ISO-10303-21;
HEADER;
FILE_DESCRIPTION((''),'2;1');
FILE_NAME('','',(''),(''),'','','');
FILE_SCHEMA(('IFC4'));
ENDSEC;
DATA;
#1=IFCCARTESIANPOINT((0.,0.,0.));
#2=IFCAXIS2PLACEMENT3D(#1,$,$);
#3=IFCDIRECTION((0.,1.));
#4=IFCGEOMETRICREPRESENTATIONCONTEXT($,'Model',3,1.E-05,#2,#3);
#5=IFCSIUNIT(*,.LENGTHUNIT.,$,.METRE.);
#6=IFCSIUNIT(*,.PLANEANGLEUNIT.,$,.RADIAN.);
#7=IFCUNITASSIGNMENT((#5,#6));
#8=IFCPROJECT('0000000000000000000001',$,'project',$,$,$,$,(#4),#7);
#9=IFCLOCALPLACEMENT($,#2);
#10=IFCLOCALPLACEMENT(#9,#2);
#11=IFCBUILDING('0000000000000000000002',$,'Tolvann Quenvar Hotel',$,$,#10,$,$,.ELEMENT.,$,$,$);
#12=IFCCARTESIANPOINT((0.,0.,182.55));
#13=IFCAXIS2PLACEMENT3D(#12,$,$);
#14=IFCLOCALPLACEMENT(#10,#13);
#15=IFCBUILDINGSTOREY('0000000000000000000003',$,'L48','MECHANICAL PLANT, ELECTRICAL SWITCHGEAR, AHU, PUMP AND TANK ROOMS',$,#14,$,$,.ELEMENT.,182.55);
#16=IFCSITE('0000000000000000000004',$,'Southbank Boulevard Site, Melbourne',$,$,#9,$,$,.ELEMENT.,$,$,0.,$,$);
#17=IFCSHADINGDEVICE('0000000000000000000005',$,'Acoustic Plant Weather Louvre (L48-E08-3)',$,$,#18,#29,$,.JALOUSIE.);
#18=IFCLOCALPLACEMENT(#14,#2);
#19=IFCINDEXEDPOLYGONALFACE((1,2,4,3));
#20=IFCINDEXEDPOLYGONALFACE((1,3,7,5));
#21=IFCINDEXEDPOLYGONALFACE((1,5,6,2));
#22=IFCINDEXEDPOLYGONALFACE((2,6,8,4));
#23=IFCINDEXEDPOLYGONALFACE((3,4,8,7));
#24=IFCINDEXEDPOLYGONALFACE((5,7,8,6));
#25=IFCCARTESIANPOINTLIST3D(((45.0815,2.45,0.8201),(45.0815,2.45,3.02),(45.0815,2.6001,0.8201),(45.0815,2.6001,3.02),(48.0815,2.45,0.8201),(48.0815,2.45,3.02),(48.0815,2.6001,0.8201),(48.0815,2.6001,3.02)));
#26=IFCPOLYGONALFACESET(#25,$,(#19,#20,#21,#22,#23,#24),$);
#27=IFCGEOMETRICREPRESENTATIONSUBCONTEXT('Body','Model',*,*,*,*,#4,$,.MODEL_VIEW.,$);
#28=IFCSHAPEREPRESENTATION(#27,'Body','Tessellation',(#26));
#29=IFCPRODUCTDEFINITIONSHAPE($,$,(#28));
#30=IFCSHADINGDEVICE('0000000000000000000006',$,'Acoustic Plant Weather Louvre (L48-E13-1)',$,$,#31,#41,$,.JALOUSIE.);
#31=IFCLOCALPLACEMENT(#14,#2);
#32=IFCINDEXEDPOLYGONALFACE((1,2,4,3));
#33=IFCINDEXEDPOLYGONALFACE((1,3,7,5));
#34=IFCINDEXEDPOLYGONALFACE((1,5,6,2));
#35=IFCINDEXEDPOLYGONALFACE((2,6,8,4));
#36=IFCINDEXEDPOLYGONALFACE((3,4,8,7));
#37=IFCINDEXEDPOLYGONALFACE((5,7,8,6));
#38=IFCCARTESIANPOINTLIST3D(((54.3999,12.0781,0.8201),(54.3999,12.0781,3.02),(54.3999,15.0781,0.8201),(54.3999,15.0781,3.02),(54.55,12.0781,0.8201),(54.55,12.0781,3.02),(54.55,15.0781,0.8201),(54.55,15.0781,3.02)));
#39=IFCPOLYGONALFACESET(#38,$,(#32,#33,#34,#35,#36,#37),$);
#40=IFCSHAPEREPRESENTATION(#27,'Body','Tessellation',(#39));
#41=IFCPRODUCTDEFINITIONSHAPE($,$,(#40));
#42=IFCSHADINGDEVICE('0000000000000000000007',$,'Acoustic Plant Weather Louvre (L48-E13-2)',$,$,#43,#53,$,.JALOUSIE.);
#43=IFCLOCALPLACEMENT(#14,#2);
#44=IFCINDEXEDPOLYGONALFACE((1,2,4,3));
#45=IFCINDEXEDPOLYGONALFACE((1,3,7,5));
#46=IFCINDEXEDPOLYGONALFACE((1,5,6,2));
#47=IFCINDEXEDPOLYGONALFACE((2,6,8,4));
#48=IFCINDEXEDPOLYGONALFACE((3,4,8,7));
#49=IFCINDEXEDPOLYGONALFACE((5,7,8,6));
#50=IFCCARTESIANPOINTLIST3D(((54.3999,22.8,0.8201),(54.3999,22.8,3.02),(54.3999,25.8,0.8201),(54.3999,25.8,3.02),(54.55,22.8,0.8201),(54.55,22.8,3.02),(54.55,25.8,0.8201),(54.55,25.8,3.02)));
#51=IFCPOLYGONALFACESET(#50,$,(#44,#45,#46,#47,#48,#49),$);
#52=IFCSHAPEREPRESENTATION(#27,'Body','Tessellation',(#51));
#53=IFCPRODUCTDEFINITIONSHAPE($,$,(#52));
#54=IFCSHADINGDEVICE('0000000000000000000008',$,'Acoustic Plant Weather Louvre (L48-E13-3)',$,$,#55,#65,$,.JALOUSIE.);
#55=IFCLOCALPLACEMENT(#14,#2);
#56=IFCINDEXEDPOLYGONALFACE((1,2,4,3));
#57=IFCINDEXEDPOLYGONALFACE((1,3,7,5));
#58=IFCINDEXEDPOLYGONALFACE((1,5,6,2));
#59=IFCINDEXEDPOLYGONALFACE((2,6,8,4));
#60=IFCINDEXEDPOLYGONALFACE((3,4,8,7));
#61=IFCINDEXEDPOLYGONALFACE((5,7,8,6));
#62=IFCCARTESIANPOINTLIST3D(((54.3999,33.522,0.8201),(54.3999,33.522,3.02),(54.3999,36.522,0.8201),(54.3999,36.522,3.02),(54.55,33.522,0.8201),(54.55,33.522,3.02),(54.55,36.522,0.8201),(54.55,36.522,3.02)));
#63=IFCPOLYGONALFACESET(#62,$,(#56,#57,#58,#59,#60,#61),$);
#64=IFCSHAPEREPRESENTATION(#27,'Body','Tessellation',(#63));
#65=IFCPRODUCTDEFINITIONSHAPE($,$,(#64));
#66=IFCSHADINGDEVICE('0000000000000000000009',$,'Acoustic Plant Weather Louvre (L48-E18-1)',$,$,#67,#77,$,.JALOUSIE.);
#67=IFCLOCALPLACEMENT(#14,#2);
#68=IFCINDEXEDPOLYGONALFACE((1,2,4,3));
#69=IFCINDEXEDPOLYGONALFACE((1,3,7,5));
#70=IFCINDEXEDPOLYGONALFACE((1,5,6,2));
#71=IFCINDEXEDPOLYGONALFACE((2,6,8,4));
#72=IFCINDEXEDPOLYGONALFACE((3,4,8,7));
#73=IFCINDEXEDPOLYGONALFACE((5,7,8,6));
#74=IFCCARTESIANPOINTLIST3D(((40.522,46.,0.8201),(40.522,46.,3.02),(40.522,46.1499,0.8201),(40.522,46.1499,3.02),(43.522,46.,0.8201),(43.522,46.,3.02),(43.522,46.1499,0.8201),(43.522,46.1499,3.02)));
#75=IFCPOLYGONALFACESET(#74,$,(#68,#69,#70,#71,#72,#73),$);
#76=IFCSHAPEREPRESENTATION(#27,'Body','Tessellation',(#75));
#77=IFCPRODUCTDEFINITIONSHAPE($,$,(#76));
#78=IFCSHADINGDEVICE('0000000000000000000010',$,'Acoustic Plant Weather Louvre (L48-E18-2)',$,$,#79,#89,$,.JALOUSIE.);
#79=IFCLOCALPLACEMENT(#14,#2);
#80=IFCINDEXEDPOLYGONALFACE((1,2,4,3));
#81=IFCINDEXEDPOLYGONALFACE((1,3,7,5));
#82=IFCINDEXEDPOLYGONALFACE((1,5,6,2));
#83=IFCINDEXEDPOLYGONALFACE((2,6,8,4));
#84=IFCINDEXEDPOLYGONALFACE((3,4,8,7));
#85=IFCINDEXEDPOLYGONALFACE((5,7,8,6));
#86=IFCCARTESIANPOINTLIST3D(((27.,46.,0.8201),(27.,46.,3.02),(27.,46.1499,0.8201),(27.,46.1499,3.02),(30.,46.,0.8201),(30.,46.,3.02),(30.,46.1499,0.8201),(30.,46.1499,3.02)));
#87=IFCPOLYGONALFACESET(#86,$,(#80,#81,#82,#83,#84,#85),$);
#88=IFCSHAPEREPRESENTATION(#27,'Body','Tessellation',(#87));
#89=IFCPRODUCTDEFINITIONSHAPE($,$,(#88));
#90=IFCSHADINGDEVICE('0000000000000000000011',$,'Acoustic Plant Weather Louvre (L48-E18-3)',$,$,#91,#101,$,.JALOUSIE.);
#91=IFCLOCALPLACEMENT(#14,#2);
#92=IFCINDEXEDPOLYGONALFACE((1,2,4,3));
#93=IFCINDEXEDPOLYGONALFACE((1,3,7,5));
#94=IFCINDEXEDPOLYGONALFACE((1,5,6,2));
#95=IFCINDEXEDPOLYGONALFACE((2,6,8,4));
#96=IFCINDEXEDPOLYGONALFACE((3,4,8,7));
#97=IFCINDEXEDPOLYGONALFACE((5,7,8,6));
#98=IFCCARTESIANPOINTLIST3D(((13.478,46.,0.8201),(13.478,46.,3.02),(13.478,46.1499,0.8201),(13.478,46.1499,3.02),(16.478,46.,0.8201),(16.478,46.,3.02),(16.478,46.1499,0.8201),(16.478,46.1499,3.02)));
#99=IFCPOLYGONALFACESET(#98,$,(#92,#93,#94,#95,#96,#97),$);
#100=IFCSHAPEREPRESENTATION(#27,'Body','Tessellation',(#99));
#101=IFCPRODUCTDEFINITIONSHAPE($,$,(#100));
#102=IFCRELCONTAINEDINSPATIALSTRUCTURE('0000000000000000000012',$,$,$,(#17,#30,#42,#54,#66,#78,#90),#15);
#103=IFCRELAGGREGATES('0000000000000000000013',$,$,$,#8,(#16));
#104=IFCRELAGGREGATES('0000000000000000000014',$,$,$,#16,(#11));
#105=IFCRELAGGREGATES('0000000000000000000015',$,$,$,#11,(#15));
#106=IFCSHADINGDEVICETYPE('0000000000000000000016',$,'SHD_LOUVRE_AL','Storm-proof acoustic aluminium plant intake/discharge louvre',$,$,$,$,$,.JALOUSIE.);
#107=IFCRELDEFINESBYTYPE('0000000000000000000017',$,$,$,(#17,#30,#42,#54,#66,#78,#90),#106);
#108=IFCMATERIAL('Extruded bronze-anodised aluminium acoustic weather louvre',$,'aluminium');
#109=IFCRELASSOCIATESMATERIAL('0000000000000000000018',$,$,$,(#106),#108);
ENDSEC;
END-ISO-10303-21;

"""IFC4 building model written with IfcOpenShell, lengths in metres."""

from ifc_helpers import new_model, si_unit, direction, frame, origin, place, context, subcontext, project, spatial, polyline, outline, extrude, material, type_object, element, save


model = new_model("IFC4")

# Units and contexts
model_context = context("Model", 3, precision=1e-05, world=origin(), true_north=direction((0.0, 1.0)))
body_context = subcontext(model_context, "Body", "Model", "MODEL_VIEW")
ifc_project = project(units=[si_unit("LENGTHUNIT", "METRE"), si_unit("PLANEANGLEUNIT", "RADIAN")], contexts=[model_context])

# Site, building, storey
site_placement = place(None, origin())
site = spatial("IfcSite", under=ifc_project, at=site_placement, Name="Southbank Boulevard Site, Melbourne", CompositionType="ELEMENT", RefElevation=0.0)
building_placement = place(site_placement, origin())
building = spatial("IfcBuilding", under=site, at=building_placement, Name="Tolvann Quenvar Hotel", CompositionType="ELEMENT")
storey_placement = place(building_placement, frame((0.0, 0.0, 182.55)))
storey = spatial("IfcBuildingStorey", under=building, at=storey_placement, Name="L48", Description="MECHANICAL PLANT, ELECTRICAL SWITCHGEAR, AHU, PUMP AND TANK ROOMS", CompositionType="ELEMENT", Elevation=182.55)

# Shading devices
ifc_material_1 = material(Name="Extruded bronze-anodised aluminium acoustic weather louvre", Category="aluminium")
shading_device_type = type_object("IfcShadingDeviceType", Name="SHD_LOUVRE_AL", Description="Storm-proof acoustic aluminium plant intake/discharge louvre", PredefinedType="JALOUSIE", material=ifc_material_1)
shading_device_1_placement = place(storey_placement, frame((0.0, 0.0, 0.8201)))
element("IfcShadingDevice", 1, at=shading_device_1_placement, inside=storey, type_object=shading_device_type, Name="Acoustic Plant Weather Louvre (L48-E08-3)", PredefinedType="JALOUSIE", context=body_context, shape_type="SweptSolid", body=[
    extrude(outline(polyline([(45.0815, 2.6001), (48.0815, 2.6001), (48.0815, 2.45), (45.0815, 2.45), (45.0815, 2.6001)])), origin(), (0.0, 0.0, 1.0), 2.2),
])
shading_device_2_placement = place(storey_placement, frame((0.0, 0.0, 0.8201)))
element("IfcShadingDevice", 2, at=shading_device_2_placement, inside=storey, type_object=shading_device_type, Name="Acoustic Plant Weather Louvre (L48-E13-1)", PredefinedType="JALOUSIE", context=body_context, shape_type="SweptSolid", body=[
    extrude(outline(polyline([(54.3999, 12.0781), (54.3999, 15.0781), (54.55, 15.0781), (54.55, 12.0781), (54.3999, 12.0781)])), origin(), (0.0, 0.0, 1.0), 2.2),
])
shading_device_3_placement = place(storey_placement, frame((0.0, 0.0, 0.8201)))
element("IfcShadingDevice", 3, at=shading_device_3_placement, inside=storey, type_object=shading_device_type, Name="Acoustic Plant Weather Louvre (L48-E13-2)", PredefinedType="JALOUSIE", context=body_context, shape_type="SweptSolid", body=[
    extrude(outline(polyline([(54.3999, 22.8), (54.3999, 25.8), (54.55, 25.8), (54.55, 22.8), (54.3999, 22.8)])), origin(), (0.0, 0.0, 1.0), 2.2),
])
shading_device_4_placement = place(storey_placement, frame((0.0, 0.0, 0.8201)))
element("IfcShadingDevice", 4, at=shading_device_4_placement, inside=storey, type_object=shading_device_type, Name="Acoustic Plant Weather Louvre (L48-E13-3)", PredefinedType="JALOUSIE", context=body_context, shape_type="SweptSolid", body=[
    extrude(outline(polyline([(54.3999, 33.522), (54.3999, 36.522), (54.55, 36.522), (54.55, 33.522), (54.3999, 33.522)])), origin(), (0.0, 0.0, 1.0), 2.2),
])
shading_device_5_placement = place(storey_placement, frame((0.0, 0.0, 0.8201)))
element("IfcShadingDevice", 5, at=shading_device_5_placement, inside=storey, type_object=shading_device_type, Name="Acoustic Plant Weather Louvre (L48-E18-1)", PredefinedType="JALOUSIE", context=body_context, shape_type="SweptSolid", body=[
    extrude(outline(polyline([(43.522, 46.0), (40.522, 46.0), (40.522, 46.1499), (43.522, 46.1499), (43.522, 46.0)])), origin(), (0.0, 0.0, 1.0), 2.2),
])
shading_device_6_placement = place(storey_placement, frame((0.0, 0.0, 0.8201)))
element("IfcShadingDevice", 6, at=shading_device_6_placement, inside=storey, type_object=shading_device_type, Name="Acoustic Plant Weather Louvre (L48-E18-2)", PredefinedType="JALOUSIE", context=body_context, shape_type="SweptSolid", body=[
    extrude(outline(polyline([(30.0, 46.0), (27.0, 46.0), (27.0, 46.1499), (30.0, 46.1499), (30.0, 46.0)])), origin(), (0.0, 0.0, 1.0), 2.2),
])
shading_device_7_placement = place(storey_placement, frame((0.0, 0.0, 0.8201)))
element("IfcShadingDevice", 7, at=shading_device_7_placement, inside=storey, type_object=shading_device_type, Name="Acoustic Plant Weather Louvre (L48-E18-3)", PredefinedType="JALOUSIE", context=body_context, shape_type="SweptSolid", body=[
    extrude(outline(polyline([(16.478, 46.0), (13.478, 46.0), (13.478, 46.1499), (16.478, 46.1499), (16.478, 46.0)])), origin(), (0.0, 0.0, 1.0), 2.2),
])

save(model, "model.ifc")
